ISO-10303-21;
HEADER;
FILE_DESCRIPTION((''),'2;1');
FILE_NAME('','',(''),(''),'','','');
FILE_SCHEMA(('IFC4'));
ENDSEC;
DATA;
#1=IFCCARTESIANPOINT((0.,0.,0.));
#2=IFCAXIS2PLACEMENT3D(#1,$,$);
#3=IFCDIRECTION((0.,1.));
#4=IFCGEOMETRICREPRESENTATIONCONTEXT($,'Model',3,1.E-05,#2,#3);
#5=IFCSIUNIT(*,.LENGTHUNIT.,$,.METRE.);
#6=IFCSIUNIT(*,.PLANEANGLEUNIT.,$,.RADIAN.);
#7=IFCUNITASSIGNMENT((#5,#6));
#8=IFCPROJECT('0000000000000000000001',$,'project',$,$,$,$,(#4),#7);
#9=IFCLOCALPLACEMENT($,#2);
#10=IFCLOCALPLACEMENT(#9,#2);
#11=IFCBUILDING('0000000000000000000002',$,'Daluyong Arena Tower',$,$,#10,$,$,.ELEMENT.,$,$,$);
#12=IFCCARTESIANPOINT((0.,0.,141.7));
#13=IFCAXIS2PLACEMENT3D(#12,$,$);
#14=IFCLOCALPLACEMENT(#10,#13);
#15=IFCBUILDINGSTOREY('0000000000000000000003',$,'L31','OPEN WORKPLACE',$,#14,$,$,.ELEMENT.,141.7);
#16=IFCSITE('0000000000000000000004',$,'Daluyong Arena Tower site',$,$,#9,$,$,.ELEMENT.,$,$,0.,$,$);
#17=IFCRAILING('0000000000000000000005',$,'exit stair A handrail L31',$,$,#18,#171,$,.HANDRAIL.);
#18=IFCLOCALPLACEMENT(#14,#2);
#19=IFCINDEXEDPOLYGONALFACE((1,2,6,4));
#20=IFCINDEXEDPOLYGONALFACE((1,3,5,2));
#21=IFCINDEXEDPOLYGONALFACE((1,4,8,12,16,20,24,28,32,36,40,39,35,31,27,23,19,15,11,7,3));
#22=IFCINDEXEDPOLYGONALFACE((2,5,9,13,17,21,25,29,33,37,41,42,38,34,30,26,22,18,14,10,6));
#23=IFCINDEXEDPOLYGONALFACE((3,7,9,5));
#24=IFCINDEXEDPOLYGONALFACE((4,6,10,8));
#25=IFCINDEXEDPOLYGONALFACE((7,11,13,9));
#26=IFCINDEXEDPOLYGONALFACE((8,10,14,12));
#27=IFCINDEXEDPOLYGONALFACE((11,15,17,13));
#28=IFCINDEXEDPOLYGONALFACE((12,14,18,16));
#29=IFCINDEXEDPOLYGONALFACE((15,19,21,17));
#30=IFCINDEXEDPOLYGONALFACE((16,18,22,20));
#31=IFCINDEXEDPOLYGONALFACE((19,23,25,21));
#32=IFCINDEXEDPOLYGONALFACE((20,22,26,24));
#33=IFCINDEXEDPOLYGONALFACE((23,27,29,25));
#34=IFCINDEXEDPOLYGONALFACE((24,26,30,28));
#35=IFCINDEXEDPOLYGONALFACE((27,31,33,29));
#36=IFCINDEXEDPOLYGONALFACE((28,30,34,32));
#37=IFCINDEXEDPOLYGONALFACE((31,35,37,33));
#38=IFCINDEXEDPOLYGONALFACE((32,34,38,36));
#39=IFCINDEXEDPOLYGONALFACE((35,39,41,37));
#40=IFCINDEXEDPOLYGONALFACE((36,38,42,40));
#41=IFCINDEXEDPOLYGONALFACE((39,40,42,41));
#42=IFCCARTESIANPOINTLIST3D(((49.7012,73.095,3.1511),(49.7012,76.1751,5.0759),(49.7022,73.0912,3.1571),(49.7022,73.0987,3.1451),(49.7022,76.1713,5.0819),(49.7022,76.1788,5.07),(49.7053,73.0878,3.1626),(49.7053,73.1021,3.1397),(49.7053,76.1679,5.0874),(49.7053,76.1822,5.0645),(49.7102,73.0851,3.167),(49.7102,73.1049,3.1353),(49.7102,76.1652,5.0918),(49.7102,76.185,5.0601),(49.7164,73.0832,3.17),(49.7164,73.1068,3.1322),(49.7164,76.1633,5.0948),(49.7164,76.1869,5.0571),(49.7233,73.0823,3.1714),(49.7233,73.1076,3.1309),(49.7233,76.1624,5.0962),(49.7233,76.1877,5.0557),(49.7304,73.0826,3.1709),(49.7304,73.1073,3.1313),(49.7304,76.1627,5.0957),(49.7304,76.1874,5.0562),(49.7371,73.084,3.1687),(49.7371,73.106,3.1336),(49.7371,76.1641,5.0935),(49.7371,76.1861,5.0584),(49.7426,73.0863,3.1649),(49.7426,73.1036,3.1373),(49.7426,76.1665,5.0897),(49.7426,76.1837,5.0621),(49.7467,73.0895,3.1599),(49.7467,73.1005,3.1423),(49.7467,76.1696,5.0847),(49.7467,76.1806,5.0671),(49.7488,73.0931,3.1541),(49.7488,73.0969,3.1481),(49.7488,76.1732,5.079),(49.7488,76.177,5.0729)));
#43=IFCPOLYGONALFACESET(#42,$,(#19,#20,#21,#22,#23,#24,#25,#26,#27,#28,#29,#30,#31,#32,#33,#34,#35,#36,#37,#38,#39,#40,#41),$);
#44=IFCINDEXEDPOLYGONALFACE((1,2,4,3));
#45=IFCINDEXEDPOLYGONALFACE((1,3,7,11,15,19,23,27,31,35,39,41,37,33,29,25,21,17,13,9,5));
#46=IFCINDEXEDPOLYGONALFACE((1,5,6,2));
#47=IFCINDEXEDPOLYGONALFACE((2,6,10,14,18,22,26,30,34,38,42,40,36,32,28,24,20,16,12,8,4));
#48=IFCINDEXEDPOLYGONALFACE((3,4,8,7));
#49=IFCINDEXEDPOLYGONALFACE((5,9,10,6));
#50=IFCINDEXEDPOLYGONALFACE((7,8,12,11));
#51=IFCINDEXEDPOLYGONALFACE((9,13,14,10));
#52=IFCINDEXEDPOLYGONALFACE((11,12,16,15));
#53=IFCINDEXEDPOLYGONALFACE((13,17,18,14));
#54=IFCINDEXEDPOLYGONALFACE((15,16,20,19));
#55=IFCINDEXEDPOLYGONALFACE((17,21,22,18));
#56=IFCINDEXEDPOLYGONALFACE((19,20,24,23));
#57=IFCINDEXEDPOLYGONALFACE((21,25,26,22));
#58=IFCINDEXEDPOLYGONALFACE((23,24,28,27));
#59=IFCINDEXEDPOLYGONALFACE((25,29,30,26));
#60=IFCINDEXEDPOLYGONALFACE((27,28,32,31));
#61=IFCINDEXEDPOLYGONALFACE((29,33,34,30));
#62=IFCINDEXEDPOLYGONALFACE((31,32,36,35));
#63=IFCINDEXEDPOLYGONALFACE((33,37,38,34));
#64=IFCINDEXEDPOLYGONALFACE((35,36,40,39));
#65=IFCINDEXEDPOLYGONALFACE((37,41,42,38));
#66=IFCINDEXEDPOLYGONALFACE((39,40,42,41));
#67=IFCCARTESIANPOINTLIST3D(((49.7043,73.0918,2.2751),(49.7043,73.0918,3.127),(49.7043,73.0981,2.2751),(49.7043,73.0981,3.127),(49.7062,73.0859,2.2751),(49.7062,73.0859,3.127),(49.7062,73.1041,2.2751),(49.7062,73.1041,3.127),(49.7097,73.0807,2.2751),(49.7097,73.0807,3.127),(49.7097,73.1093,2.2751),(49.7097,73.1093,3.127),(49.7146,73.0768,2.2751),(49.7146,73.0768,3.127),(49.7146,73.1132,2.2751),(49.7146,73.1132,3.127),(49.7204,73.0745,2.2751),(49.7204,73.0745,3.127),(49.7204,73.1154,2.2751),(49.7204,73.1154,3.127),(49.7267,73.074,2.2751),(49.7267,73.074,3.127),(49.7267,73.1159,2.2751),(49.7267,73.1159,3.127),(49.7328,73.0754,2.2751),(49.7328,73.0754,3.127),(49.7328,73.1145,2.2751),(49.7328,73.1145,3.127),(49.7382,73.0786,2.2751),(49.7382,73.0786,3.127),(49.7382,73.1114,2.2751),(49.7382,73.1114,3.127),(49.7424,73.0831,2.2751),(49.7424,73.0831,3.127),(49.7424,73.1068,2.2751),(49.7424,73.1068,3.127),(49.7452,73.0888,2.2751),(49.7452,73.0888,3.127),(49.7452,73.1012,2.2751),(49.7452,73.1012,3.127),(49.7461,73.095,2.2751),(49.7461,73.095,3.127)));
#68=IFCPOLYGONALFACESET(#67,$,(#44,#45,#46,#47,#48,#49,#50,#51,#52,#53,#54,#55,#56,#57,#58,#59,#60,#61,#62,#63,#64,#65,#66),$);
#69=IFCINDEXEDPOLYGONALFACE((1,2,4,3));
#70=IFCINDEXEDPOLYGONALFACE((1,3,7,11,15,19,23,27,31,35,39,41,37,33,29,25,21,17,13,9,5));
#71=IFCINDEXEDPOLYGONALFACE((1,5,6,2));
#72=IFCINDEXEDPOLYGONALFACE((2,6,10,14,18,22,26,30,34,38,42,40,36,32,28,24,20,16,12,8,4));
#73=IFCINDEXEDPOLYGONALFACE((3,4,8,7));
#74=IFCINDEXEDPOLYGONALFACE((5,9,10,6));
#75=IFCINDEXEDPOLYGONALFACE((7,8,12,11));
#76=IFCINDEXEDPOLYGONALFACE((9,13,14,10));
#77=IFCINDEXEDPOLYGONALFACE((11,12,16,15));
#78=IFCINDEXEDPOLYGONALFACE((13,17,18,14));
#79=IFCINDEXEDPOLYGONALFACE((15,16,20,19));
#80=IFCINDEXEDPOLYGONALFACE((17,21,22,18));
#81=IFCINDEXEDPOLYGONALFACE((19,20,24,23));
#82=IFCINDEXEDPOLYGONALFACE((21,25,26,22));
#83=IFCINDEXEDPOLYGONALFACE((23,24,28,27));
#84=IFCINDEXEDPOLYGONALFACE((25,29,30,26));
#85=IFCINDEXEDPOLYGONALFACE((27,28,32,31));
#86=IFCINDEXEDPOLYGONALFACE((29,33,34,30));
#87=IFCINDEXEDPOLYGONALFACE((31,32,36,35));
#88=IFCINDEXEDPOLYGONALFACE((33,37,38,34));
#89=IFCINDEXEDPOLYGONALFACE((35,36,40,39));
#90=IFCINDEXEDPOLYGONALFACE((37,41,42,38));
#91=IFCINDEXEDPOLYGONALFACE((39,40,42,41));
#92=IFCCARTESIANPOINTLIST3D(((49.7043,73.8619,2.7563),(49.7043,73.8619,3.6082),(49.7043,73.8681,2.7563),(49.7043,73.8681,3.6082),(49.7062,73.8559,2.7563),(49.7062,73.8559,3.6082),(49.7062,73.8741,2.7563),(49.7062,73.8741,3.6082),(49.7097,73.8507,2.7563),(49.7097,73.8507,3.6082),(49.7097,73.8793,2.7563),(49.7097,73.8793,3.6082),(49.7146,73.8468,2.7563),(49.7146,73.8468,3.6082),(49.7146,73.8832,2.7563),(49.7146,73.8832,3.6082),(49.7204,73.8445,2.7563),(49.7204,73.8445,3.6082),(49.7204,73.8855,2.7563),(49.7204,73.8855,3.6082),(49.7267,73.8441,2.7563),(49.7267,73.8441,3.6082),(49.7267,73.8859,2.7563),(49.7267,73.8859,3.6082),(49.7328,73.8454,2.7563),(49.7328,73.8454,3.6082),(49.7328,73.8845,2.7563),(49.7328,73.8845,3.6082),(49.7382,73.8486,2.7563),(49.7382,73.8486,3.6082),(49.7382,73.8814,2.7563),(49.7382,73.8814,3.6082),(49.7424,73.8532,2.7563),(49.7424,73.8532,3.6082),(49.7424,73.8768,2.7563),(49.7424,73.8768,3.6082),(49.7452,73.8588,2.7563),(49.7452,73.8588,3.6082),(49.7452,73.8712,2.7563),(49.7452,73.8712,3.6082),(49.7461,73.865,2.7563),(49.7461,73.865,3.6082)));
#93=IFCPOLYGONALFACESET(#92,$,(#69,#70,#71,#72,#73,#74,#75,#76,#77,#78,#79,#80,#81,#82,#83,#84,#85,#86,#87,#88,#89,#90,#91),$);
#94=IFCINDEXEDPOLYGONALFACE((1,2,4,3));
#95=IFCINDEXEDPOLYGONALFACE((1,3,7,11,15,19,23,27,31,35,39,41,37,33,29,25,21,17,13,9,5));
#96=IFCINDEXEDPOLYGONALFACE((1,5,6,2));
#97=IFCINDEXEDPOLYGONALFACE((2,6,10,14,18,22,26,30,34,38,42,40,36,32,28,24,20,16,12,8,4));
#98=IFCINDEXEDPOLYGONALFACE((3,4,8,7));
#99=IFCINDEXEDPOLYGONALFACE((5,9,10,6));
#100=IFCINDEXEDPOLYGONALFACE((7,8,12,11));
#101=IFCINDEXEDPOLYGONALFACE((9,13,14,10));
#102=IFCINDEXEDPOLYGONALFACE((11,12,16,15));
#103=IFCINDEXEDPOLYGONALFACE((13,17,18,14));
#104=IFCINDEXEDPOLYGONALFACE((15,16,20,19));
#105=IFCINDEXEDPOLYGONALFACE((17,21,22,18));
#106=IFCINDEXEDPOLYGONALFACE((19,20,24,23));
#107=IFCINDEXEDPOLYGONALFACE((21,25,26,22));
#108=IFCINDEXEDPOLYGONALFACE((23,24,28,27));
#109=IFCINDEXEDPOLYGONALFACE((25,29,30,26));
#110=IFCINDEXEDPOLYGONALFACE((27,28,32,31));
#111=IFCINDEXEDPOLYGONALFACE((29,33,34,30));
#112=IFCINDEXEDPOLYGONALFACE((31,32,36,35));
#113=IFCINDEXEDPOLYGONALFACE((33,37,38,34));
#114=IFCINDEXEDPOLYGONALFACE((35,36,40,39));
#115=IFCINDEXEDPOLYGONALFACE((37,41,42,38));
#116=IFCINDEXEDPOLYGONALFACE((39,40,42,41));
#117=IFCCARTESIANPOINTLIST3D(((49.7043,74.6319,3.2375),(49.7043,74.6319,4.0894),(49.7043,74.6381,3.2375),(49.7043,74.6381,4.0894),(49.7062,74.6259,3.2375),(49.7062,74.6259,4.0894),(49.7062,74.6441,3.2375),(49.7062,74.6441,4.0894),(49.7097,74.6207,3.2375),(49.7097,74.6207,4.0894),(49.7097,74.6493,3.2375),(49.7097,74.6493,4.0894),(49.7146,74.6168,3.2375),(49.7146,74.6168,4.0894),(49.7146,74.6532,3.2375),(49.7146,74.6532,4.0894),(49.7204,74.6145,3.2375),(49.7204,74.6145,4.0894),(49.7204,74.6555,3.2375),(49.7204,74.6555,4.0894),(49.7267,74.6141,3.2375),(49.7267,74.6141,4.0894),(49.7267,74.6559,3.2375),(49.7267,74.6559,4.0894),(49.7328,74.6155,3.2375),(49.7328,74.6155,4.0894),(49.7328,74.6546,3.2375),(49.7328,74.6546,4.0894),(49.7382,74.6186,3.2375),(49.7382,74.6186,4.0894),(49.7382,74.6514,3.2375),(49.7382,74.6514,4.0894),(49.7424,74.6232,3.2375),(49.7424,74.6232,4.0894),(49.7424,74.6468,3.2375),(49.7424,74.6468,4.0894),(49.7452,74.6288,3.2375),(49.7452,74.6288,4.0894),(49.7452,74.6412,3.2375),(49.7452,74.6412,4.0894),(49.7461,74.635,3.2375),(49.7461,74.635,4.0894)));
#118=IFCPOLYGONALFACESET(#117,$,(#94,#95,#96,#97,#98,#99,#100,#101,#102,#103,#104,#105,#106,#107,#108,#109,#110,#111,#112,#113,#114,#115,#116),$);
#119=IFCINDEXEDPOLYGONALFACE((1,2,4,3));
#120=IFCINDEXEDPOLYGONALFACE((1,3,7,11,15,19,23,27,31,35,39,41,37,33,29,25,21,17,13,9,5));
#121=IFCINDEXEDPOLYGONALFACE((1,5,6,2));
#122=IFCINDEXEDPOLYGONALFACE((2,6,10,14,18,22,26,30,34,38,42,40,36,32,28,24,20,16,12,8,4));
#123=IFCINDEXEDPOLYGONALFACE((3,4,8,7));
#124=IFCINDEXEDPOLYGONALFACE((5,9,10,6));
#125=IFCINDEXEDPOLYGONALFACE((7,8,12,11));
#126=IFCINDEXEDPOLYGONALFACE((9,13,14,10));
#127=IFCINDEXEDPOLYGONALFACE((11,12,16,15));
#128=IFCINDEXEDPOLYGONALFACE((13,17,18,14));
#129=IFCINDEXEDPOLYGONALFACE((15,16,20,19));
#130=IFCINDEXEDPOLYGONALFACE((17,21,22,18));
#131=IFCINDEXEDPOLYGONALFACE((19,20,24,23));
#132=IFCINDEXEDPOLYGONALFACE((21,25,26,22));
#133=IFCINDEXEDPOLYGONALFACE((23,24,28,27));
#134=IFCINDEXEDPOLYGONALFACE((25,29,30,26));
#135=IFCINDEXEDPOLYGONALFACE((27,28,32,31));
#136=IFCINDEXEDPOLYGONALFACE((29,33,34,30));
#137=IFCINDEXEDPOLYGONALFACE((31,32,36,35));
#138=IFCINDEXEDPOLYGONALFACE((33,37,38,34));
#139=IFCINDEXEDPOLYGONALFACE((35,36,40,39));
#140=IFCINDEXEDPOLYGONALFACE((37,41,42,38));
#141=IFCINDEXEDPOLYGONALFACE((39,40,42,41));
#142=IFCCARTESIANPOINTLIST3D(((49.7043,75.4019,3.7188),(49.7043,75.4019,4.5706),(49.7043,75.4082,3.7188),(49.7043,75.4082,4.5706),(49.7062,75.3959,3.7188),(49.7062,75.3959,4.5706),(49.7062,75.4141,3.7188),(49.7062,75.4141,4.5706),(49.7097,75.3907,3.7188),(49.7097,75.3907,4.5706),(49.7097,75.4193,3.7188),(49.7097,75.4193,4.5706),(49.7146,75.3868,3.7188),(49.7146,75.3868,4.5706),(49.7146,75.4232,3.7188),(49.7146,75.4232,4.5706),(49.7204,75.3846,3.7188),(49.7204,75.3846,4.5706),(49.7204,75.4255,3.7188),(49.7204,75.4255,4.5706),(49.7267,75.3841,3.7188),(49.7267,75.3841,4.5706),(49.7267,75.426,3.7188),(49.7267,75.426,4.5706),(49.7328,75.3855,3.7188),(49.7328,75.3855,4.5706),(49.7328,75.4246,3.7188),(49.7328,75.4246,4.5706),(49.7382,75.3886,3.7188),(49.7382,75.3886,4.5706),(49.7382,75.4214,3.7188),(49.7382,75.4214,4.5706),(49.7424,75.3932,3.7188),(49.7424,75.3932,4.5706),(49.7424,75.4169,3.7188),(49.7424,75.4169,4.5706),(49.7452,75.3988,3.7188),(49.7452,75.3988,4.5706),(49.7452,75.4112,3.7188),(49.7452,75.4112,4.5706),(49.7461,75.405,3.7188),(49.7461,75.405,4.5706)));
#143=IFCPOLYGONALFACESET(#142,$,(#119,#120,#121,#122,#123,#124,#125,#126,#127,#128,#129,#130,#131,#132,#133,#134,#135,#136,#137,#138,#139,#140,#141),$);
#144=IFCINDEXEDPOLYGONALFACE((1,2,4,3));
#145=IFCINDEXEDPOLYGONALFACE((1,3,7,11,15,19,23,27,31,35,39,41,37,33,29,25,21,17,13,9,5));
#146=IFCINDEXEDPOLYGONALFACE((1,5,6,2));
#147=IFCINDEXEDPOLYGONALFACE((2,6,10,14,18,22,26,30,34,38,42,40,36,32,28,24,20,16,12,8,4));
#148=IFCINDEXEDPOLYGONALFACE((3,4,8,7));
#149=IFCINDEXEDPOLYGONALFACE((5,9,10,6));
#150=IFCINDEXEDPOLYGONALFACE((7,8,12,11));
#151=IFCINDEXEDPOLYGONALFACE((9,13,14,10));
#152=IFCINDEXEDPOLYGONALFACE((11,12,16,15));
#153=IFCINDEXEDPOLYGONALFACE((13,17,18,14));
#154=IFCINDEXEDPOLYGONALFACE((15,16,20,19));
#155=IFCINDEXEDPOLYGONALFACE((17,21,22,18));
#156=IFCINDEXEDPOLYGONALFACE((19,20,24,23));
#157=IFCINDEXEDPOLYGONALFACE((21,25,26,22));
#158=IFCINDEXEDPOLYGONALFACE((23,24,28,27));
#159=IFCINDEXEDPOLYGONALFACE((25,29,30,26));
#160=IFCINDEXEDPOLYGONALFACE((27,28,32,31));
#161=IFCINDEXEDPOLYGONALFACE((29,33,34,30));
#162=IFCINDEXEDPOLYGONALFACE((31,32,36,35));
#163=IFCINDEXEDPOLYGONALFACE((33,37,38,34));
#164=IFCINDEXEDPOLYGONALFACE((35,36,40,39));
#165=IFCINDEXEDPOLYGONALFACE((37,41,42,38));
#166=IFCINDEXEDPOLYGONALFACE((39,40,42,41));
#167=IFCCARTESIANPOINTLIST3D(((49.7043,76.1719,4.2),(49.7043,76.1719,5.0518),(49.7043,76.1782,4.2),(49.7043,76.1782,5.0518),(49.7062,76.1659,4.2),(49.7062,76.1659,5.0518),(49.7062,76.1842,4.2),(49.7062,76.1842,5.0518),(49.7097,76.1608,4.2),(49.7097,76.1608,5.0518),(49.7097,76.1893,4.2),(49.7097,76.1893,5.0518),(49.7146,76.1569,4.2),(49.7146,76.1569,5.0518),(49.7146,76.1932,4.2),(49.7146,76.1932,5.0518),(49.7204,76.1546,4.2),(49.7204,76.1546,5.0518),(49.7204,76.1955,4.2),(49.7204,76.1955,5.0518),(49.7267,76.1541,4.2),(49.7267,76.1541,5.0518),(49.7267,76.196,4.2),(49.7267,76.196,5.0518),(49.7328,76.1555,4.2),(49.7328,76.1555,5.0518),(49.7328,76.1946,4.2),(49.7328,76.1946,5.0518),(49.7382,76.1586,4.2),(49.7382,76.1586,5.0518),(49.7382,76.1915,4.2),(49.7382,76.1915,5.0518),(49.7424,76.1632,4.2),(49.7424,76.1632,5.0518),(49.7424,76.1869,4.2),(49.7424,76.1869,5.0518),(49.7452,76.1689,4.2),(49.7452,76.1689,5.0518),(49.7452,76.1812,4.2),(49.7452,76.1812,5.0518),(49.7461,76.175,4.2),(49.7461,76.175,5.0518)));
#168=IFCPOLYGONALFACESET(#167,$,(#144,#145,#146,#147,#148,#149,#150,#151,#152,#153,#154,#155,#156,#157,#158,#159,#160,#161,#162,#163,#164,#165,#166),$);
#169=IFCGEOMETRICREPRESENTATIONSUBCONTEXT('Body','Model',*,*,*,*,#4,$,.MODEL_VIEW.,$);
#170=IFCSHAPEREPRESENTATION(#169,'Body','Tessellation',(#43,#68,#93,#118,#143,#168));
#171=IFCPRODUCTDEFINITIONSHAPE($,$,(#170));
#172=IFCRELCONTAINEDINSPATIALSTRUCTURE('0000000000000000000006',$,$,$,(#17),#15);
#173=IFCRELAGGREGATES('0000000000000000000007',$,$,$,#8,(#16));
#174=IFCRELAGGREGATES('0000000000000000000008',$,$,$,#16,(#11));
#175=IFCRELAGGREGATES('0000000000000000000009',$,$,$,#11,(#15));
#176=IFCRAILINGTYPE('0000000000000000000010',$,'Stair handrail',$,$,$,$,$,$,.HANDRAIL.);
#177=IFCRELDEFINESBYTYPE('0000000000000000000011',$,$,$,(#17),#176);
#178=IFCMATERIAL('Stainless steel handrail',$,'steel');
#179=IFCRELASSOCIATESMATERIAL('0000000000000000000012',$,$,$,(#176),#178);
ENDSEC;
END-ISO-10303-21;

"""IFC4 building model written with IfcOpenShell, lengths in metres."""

from ifc_helpers import new_model, si_unit, direction, frame, origin, origin_2d, place, context, subcontext, project, spatial, circle, extrude, material, type_object, element, save


model = new_model("IFC4")

# Units and contexts
model_context = context("Model", 3, precision=1e-05, world=origin(), true_north=direction((0.0, 1.0)))
body_context = subcontext(model_context, "Body", "Model", "MODEL_VIEW")
ifc_project = project(units=[si_unit("LENGTHUNIT", "METRE"), si_unit("PLANEANGLEUNIT", "RADIAN")], contexts=[model_context])

# Site, building, storey
site_placement = place(None, origin())
site = spatial("IfcSite", under=ifc_project, at=site_placement, Name="Daluyong Arena Tower site", CompositionType="ELEMENT", RefElevation=0.0)
building_placement = place(site_placement, origin())
building = spatial("IfcBuilding", under=site, at=building_placement, Name="Daluyong Arena Tower", CompositionType="ELEMENT")
storey_placement = place(building_placement, frame((0.0, 0.0, 141.7)))
storey = spatial("IfcBuildingStorey", under=building, at=storey_placement, Name="L31", Description="OPEN WORKPLACE", CompositionType="ELEMENT", Elevation=141.7)

# Railing
ifc_material_1 = material(Name="Stainless steel handrail", Category="steel")
railing_type_1 = type_object("IfcRailingType", Name="Stair handrail", PredefinedType="HANDRAIL", material=ifc_material_1)
railing_1_placement = place(storey_placement, frame((49.7251, 73.095, 2.2751)))
element("IfcRailing", 1, at=railing_1_placement, inside=storey, type_object=railing_type_1, Name="exit stair A handrail L31", PredefinedType="HANDRAIL", context=body_context, shape_type="SweptSolid", body=[
    extrude(circle(Radius=0.0239, at=origin_2d()), frame((0.0, 0.0, 0.876), z_axis=(0.0, 0.848029, 0.529951), x_axis=(-1.0, 0.0, 0.0)), (0.0, 0.0, 1.0), 3.6321),
    extrude(circle(Radius=0.021, at=origin_2d()), origin(), (0.0, 0.0, 1.0), 0.8518),
    extrude(circle(Radius=0.021, at=origin_2d()), frame((0.0, 0.77, 0.4812)), (0.0, 0.0, 1.0), 0.8518),
    extrude(circle(Radius=0.021, at=origin_2d()), frame((0.0, 1.54, 0.9624)), (0.0, 0.0, 1.0), 0.8518),
    extrude(circle(Radius=0.021, at=origin_2d()), frame((0.0, 2.3101, 1.4436)), (0.0, 0.0, 1.0), 0.8518),
    extrude(circle(Radius=0.021, at=origin_2d()), frame((0.0, 3.0801, 1.9248)), (0.0, 0.0, 1.0), 0.8518),
])

save(model, "model.ifc")
